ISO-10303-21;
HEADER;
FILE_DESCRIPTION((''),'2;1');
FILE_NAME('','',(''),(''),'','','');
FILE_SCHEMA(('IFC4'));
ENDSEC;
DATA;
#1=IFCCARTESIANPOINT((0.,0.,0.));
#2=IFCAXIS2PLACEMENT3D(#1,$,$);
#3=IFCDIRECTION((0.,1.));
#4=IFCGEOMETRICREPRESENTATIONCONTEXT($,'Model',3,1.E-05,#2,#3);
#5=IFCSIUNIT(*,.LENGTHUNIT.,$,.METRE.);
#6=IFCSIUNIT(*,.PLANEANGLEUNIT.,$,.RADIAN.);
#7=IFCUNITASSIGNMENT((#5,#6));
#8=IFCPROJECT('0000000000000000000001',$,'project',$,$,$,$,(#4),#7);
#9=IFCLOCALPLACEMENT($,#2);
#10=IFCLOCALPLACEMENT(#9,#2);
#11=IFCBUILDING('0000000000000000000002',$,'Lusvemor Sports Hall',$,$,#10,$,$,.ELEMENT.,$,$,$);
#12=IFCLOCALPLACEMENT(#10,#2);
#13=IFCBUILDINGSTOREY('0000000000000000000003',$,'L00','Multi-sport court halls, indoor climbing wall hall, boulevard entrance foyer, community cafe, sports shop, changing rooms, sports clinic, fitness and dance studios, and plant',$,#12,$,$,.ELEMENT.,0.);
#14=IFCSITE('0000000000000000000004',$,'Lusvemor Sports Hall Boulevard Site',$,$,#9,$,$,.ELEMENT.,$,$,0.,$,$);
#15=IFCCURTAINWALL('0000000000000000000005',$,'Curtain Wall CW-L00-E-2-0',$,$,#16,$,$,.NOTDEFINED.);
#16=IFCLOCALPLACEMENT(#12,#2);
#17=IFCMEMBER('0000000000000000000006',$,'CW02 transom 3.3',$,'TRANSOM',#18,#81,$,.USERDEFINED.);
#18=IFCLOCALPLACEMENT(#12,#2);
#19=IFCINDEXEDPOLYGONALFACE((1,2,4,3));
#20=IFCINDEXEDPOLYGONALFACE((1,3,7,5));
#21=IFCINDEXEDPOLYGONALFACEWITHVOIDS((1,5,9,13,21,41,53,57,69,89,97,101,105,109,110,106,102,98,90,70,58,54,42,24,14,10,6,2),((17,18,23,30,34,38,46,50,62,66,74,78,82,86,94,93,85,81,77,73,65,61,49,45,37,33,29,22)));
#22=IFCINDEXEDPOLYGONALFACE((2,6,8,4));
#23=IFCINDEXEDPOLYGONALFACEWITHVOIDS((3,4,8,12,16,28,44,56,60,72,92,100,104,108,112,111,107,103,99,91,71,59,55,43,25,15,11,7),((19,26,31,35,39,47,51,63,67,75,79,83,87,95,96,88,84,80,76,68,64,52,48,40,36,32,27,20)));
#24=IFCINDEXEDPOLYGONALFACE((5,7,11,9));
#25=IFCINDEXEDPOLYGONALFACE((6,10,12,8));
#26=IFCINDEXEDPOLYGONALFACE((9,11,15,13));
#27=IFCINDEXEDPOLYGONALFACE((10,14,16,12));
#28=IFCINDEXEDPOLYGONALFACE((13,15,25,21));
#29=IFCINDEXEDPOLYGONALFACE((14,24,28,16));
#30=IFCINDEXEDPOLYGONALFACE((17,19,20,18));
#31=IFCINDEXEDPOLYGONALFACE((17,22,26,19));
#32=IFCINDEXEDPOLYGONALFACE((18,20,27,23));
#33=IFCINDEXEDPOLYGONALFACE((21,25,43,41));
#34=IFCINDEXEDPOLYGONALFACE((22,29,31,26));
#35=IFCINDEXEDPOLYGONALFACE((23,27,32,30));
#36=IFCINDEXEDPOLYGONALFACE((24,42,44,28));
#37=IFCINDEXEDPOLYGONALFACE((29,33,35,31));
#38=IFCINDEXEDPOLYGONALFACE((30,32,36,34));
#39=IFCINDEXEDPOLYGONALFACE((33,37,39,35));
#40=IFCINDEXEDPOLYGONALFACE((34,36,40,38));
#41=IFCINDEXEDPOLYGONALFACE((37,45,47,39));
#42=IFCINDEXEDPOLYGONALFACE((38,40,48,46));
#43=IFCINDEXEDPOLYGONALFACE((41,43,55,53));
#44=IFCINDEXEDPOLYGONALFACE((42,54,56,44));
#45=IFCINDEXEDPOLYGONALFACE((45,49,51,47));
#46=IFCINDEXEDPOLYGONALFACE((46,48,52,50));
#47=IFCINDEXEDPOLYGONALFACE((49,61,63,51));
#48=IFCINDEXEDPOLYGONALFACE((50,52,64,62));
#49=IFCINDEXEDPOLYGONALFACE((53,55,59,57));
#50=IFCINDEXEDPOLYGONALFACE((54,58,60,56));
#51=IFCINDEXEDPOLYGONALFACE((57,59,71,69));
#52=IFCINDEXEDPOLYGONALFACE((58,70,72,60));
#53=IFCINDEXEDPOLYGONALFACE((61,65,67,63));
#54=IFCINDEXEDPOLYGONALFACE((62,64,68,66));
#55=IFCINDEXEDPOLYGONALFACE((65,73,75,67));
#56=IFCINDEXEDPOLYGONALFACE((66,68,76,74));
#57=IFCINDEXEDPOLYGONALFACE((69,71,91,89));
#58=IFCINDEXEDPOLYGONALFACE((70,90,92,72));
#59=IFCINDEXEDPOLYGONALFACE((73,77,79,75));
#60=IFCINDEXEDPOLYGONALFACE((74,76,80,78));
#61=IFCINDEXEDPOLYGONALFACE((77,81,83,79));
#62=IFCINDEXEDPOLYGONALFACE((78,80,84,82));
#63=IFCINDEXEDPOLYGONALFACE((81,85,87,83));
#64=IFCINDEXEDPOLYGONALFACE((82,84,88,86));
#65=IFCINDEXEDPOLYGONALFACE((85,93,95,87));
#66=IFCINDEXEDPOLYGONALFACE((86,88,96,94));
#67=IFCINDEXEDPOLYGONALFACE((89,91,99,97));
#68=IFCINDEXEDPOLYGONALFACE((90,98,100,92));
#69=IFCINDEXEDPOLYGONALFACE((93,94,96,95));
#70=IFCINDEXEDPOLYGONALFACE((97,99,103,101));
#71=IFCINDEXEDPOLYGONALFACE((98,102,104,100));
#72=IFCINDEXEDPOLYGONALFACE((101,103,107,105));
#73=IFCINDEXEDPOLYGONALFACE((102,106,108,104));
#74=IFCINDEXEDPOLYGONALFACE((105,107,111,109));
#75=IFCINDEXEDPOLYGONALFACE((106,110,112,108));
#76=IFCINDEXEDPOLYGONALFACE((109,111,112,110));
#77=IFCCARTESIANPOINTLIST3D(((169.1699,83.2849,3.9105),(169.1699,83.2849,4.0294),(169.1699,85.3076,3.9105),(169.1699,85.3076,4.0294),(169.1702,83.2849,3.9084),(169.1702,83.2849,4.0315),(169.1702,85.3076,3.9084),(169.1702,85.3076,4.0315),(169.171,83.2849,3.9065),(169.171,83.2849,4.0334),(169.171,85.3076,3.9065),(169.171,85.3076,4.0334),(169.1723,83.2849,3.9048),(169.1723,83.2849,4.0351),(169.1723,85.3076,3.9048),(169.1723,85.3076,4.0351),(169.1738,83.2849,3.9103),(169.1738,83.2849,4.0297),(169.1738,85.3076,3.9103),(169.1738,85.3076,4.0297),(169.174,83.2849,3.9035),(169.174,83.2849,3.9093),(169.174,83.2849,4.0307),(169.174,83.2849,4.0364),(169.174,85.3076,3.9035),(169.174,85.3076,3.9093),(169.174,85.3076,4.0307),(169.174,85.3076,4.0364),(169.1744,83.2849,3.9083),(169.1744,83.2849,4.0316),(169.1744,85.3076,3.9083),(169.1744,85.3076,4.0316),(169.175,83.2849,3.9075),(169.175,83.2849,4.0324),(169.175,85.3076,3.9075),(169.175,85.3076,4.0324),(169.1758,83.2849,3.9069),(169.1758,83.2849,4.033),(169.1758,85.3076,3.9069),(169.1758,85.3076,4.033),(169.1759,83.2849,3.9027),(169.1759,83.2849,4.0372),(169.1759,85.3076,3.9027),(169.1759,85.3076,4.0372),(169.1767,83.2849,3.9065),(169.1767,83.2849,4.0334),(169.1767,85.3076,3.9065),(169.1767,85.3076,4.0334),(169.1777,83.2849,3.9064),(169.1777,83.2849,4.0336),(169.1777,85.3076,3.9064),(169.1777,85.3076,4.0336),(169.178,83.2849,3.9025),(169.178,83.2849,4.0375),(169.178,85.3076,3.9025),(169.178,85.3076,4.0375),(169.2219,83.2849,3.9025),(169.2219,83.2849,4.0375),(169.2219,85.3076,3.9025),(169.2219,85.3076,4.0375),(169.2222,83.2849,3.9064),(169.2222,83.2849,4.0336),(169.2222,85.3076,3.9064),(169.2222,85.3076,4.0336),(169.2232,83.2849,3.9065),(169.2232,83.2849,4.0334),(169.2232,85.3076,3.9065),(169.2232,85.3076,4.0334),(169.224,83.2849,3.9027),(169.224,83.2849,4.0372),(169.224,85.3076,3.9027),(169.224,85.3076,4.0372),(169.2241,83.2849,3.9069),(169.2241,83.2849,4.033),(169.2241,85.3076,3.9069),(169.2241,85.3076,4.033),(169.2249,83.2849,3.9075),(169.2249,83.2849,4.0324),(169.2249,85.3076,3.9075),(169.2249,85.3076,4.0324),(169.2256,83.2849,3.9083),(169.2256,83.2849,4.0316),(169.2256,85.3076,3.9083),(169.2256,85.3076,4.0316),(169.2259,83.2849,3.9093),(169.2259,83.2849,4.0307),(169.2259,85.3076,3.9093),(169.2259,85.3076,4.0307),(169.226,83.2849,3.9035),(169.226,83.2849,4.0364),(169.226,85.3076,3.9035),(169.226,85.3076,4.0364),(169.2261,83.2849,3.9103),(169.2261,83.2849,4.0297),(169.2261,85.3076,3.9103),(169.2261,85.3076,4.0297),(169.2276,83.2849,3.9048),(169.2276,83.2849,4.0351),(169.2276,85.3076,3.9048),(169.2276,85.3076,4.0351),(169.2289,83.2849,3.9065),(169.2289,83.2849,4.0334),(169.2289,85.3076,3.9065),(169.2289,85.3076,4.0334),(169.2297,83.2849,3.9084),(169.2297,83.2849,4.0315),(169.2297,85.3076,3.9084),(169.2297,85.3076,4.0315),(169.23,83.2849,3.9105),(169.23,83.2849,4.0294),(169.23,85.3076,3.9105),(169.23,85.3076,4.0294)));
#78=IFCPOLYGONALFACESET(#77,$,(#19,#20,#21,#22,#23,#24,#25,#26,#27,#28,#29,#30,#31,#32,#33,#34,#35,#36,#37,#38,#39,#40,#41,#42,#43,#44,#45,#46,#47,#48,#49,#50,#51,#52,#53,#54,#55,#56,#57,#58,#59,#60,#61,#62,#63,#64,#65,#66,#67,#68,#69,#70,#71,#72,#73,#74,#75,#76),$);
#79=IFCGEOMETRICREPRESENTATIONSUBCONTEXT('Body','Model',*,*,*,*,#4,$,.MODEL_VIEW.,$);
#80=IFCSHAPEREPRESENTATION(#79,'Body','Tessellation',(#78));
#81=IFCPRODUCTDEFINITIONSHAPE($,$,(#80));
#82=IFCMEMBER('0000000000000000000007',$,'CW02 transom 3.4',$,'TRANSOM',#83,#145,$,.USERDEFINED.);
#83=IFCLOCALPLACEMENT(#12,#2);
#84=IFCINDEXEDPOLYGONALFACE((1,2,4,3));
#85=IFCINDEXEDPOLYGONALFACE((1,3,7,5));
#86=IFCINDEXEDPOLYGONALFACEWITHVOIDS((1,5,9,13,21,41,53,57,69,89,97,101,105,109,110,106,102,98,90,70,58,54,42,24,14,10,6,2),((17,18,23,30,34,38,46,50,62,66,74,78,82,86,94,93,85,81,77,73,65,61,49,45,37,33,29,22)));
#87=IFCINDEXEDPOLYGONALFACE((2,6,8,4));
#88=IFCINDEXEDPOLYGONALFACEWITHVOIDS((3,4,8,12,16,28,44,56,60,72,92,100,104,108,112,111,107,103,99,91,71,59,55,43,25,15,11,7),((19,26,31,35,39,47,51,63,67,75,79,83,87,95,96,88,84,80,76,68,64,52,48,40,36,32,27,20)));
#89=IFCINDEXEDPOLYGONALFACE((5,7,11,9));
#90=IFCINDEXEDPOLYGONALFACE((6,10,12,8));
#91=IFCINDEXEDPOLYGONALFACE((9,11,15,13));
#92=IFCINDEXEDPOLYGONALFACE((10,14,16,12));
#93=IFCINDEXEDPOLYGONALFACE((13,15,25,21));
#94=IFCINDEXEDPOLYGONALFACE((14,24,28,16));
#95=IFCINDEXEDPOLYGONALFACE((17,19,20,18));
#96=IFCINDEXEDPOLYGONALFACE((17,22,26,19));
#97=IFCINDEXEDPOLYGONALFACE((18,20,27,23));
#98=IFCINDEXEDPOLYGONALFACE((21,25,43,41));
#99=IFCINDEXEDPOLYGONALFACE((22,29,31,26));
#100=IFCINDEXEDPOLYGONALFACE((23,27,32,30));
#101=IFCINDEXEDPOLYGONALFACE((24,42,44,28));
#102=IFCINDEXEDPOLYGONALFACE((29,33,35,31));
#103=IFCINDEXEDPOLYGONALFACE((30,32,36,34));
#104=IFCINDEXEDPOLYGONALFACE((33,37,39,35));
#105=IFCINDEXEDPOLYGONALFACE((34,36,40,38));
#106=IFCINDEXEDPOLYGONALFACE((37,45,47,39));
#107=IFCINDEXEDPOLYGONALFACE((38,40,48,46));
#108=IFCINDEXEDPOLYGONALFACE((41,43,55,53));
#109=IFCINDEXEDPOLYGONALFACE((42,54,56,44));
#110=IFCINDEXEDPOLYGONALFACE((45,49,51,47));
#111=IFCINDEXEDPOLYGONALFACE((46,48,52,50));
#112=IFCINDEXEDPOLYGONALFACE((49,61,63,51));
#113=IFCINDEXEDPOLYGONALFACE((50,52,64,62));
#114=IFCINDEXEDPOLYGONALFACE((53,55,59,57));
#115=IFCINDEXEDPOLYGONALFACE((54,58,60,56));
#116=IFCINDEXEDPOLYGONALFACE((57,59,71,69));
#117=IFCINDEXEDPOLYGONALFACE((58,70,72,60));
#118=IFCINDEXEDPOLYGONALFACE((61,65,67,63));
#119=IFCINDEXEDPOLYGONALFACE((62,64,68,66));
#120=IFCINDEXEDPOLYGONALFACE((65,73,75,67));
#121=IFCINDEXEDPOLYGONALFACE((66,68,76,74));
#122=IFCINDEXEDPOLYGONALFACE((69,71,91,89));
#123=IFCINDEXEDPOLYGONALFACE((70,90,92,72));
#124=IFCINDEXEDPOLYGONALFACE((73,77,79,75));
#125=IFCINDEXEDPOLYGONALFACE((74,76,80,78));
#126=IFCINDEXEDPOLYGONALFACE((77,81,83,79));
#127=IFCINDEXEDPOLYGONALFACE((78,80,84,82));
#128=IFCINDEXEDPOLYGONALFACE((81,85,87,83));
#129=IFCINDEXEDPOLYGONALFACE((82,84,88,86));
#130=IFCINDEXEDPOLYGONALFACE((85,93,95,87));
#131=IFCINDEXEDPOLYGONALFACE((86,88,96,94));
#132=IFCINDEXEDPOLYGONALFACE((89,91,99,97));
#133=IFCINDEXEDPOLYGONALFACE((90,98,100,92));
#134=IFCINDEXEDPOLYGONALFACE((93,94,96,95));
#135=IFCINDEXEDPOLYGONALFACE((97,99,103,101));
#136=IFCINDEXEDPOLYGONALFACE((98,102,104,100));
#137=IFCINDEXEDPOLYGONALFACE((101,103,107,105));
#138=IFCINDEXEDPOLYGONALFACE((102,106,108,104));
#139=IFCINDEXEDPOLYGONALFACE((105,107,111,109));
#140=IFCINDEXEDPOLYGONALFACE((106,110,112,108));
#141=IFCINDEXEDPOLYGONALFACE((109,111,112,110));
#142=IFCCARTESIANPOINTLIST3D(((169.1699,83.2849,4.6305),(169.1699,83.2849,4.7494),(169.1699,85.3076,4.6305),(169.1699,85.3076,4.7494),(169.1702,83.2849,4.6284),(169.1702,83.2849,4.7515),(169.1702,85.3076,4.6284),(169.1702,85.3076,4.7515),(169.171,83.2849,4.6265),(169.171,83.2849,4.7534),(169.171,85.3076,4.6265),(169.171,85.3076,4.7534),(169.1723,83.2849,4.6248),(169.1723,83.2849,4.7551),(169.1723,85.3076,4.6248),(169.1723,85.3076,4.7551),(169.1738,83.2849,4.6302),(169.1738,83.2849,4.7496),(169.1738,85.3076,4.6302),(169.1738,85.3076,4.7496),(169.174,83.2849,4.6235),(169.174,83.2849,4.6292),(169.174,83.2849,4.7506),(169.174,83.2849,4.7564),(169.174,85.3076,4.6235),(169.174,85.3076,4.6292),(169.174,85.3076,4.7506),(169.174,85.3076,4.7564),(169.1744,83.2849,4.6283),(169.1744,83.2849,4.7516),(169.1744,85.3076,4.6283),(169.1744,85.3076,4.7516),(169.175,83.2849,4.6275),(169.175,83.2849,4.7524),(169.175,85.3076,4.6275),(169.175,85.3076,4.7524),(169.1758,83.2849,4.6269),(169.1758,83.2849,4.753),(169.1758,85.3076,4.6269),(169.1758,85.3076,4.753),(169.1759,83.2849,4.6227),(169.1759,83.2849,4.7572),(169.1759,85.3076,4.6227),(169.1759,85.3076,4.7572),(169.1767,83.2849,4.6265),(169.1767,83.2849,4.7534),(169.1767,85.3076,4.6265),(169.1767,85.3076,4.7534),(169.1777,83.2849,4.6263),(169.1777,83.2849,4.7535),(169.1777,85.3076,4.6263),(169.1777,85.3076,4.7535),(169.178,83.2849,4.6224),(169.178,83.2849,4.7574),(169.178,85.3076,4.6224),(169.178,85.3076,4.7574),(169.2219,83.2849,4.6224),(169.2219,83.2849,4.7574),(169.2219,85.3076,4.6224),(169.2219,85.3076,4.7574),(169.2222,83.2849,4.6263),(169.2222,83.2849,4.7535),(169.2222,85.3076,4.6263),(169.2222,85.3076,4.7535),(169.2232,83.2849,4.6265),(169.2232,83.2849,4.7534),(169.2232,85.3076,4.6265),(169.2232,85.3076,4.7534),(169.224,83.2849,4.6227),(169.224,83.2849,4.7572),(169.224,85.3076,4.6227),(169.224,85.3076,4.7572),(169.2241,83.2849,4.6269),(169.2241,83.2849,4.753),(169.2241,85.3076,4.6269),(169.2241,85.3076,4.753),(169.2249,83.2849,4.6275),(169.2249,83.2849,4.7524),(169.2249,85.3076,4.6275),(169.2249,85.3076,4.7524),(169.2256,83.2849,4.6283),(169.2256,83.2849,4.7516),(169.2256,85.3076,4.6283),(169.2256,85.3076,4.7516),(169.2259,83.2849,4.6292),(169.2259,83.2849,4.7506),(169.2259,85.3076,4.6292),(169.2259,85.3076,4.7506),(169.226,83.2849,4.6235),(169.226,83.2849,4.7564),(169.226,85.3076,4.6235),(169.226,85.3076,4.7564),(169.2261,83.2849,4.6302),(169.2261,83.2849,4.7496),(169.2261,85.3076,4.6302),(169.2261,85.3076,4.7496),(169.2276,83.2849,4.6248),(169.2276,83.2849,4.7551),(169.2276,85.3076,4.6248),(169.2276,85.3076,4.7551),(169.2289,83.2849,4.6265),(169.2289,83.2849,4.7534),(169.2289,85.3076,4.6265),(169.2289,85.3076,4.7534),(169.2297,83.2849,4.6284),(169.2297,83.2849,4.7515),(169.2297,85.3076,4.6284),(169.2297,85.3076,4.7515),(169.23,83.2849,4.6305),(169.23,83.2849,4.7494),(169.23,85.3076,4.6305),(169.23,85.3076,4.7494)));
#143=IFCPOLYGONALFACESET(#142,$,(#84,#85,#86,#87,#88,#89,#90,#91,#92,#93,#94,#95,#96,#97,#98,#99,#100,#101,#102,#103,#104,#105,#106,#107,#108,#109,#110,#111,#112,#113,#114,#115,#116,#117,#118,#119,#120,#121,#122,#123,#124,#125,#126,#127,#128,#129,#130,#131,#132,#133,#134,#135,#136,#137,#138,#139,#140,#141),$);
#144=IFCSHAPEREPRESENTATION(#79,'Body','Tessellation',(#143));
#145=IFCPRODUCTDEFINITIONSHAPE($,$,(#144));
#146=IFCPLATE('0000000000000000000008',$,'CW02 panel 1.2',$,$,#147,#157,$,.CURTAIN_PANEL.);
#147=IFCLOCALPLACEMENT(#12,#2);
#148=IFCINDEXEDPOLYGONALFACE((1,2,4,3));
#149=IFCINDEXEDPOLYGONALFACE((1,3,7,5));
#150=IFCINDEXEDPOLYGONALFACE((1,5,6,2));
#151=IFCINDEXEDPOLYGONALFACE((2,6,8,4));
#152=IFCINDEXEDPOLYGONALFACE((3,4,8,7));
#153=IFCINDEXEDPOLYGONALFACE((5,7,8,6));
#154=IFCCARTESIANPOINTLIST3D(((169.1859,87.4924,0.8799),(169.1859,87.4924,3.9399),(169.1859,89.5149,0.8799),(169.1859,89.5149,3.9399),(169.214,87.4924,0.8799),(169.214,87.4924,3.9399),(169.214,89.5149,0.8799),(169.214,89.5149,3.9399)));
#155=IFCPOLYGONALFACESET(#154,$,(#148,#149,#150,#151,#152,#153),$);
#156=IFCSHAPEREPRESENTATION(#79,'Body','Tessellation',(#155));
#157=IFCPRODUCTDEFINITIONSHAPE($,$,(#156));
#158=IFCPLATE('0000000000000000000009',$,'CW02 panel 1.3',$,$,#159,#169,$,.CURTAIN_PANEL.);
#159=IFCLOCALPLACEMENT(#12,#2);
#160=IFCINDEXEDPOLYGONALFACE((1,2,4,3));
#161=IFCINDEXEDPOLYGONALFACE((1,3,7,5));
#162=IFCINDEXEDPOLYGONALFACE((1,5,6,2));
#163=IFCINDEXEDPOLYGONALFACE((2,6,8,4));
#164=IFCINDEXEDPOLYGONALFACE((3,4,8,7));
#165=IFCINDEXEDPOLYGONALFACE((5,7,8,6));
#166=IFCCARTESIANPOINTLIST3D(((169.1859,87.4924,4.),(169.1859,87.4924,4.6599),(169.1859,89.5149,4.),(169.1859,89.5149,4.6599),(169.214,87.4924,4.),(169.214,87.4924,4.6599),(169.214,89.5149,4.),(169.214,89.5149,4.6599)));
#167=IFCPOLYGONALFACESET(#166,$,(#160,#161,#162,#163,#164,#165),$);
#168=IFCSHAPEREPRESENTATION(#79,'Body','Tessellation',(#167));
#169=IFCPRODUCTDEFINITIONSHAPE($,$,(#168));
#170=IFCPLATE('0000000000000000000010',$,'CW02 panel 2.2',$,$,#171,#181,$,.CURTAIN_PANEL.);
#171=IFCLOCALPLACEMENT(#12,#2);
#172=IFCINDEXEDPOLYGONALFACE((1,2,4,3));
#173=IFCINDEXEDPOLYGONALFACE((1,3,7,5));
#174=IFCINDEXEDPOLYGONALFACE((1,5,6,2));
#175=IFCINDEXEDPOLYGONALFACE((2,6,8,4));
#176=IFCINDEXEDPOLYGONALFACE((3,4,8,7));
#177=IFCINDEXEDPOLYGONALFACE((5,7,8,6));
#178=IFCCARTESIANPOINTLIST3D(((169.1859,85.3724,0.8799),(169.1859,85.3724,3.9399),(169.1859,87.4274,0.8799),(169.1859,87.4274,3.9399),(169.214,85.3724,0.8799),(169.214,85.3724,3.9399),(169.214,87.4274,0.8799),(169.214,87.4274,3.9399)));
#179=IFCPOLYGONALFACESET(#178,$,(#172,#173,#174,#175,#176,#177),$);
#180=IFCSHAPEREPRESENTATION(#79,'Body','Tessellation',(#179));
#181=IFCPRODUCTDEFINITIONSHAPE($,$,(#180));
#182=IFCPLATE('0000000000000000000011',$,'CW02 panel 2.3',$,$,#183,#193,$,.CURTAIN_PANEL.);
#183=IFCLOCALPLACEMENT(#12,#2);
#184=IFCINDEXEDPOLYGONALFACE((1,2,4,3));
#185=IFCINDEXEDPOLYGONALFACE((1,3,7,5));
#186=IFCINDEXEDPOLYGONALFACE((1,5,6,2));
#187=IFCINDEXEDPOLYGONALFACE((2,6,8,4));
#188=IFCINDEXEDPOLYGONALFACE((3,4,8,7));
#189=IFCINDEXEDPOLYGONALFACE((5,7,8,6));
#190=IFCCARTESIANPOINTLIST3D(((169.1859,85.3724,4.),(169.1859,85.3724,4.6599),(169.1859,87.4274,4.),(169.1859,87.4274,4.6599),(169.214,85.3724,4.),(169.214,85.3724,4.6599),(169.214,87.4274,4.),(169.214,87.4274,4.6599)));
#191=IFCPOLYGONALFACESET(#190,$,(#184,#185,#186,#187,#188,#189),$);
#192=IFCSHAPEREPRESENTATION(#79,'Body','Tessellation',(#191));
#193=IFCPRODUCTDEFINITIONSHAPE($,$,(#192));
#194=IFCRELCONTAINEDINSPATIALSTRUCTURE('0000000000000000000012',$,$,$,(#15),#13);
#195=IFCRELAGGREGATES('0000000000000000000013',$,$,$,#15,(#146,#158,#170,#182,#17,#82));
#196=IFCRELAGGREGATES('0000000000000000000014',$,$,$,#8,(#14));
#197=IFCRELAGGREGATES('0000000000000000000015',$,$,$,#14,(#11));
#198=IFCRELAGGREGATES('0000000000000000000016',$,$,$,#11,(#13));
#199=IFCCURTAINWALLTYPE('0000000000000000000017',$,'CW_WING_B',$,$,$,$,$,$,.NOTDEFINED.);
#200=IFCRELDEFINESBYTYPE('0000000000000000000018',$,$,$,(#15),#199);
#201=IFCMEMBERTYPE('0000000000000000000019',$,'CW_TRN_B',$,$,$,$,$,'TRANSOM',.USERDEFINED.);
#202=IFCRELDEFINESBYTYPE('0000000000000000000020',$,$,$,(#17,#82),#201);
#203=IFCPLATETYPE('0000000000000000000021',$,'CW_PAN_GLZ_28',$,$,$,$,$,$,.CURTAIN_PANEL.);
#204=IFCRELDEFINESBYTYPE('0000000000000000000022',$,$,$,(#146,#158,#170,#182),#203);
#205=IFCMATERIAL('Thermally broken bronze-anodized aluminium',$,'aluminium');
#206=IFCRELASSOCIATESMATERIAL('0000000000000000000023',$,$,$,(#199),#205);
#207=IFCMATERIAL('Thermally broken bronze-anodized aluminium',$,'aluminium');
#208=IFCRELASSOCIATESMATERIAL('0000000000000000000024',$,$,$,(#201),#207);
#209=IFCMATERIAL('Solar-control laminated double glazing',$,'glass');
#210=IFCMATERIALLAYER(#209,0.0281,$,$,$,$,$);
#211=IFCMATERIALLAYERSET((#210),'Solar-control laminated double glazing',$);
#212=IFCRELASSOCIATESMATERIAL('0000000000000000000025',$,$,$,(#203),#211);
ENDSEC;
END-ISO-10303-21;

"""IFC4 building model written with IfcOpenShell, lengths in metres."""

from ifc_helpers import new_model, si_unit, direction, frame, origin, origin_2d, place, context, subcontext, project, spatial, rectangle, hollow_rectangle, extrude, material, layer, layer_set, material_profile, profile_set, type_object, element, aggregate, save


model = new_model("IFC4")

# Units and contexts
model_context = context("Model", 3, precision=1e-05, world=origin(), true_north=direction((0.0, 1.0)))
body_context = subcontext(model_context, "Body", "Model", "MODEL_VIEW")
ifc_project = project(units=[si_unit("LENGTHUNIT", "METRE"), si_unit("PLANEANGLEUNIT", "RADIAN")], contexts=[model_context])

# Site, building, storey
site_placement = place(None, origin())
site = spatial("IfcSite", under=ifc_project, at=site_placement, Name="Lusvemor Sports Hall Boulevard Site", CompositionType="ELEMENT", RefElevation=0.0)
building_placement = place(site_placement, origin())
building = spatial("IfcBuilding", under=site, at=building_placement, Name="Lusvemor Sports Hall", CompositionType="ELEMENT")
storey_placement = place(building_placement, origin())
storey = spatial("IfcBuildingStorey", under=building, at=storey_placement, Name="L00", Description="Multi-sport court halls, indoor climbing wall hall, boulevard entrance foyer, community cafe, sports shop, changing rooms, sports clinic, fitness and dance studios, and plant", CompositionType="ELEMENT", Elevation=0.0)

# Curtain wall, members, plates
ifc_material_1 = material(Name="Thermally broken bronze-anodized aluminium", Category="aluminium")
curtain_wall_type = type_object("IfcCurtainWallType", Name="CW_WING_B", PredefinedType="NOTDEFINED", material=ifc_material_1)
curtain_wall_placement = place(storey_placement, origin())
curtain_wall = element("IfcCurtainWall", 1, at=curtain_wall_placement, inside=storey, type_object=curtain_wall_type, Name="Curtain Wall CW-L00-E-2-0", PredefinedType="NOTDEFINED")
ifc_material_2 = material(Name="Thermally broken bronze-anodized aluminium", Category="aluminium")
ifc_material_profile_1 = material_profile(ifc_material_2, hollow_rectangle(XDim=0.0601, YDim=0.135, WallThickness=0.0039, InnerFilletRadius=0.0039, OuterFilletRadius=0.0081, at=origin_2d()), Name="CWTRN135x60x4")
ifc_profile_set_1 = profile_set([ifc_material_profile_1], Name="Thermally broken bronze-anodized aluminium")
member_type_1 = type_object("IfcMemberType", Name="CW_TRN_B", ElementType="TRANSOM", PredefinedType="USERDEFINED", material=ifc_profile_set_1)
member_1_placement = place(storey_placement, frame((169.2, 85.3076, 3.97), z_axis=(0.0, -1.0, 0.0), x_axis=(1.0, 0.0, 0.0)))
member_1 = element("IfcMember", 2, at=member_1_placement, type_object=member_type_1, Name="CW02 transom 3.3", ObjectType="TRANSOM", PredefinedType="USERDEFINED", context=body_context, shape_type="SweptSolid", body=[
    extrude(hollow_rectangle(XDim=0.0601, YDim=0.135, WallThickness=0.0039, InnerFilletRadius=0.0039, OuterFilletRadius=0.0081, at=origin_2d()), origin(), (0.0, 0.0, 1.0), 2.0227),
])
member_2_placement = place(storey_placement, frame((169.2, 85.3076, 4.6899), z_axis=(0.0, -1.0, 0.0), x_axis=(1.0, 0.0, 0.0)))
member_2 = element("IfcMember", 3, at=member_2_placement, type_object=member_type_1, Name="CW02 transom 3.4", ObjectType="TRANSOM", PredefinedType="USERDEFINED", context=body_context, shape_type="SweptSolid", body=[
    extrude(hollow_rectangle(XDim=0.0601, YDim=0.135, WallThickness=0.0039, InnerFilletRadius=0.0039, OuterFilletRadius=0.0081, at=origin_2d()), origin(), (0.0, 0.0, 1.0), 2.0227),
])
ifc_material_3 = material(Name="Solar-control laminated double glazing", Category="glass")
ifc_layer_1 = layer(ifc_material_3, 0.0281)
ifc_layer_set_1 = layer_set([ifc_layer_1], Name="Solar-control laminated double glazing")
plate_type_1 = type_object("IfcPlateType", Name="CW_PAN_GLZ_28", PredefinedType="CURTAIN_PANEL", material=ifc_layer_set_1)
plate_1_placement = place(storey_placement, frame((169.2, 88.5037, 0.8799), z_axis=(0.0, 0.0, 1.0), x_axis=(0.0, -1.0, 0.0)))
plate_1 = element("IfcPlate", 4, at=plate_1_placement, type_object=plate_type_1, Name="CW02 panel 1.2", PredefinedType="CURTAIN_PANEL", context=body_context, shape_type="SweptSolid", body=[
    extrude(rectangle(XDim=2.0225, YDim=0.0281, at=origin_2d()), origin(), (0.0, 0.0, 1.0), 3.0601),
])
plate_2_placement = place(storey_placement, frame((169.2, 88.5037, 4.0), z_axis=(0.0, 0.0, 1.0), x_axis=(0.0, -1.0, 0.0)))
plate_2 = element("IfcPlate", 5, at=plate_2_placement, type_object=plate_type_1, Name="CW02 panel 1.3", PredefinedType="CURTAIN_PANEL", context=body_context, shape_type="SweptSolid", body=[
    extrude(rectangle(XDim=2.0225, YDim=0.0281, at=origin_2d()), origin(), (0.0, 0.0, 1.0), 0.6599),
])
plate_3_placement = place(storey_placement, frame((169.2, 86.3999, 0.8799), z_axis=(0.0, 0.0, 1.0), x_axis=(0.0, -1.0, 0.0)))
plate_3 = element("IfcPlate", 6, at=plate_3_placement, type_object=plate_type_1, Name="CW02 panel 2.2", PredefinedType="CURTAIN_PANEL", context=body_context, shape_type="SweptSolid", body=[
    extrude(rectangle(XDim=2.0549, YDim=0.0281, at=origin_2d()), origin(), (0.0, 0.0, 1.0), 3.0601),
])
plate_4_placement = place(storey_placement, frame((169.2, 86.3999, 4.0), z_axis=(0.0, 0.0, 1.0), x_axis=(0.0, -1.0, 0.0)))
plate_4 = element("IfcPlate", 7, at=plate_4_placement, type_object=plate_type_1, Name="CW02 panel 2.3", PredefinedType="CURTAIN_PANEL", context=body_context, shape_type="SweptSolid", body=[
    extrude(rectangle(XDim=2.0549, YDim=0.0281, at=origin_2d()), origin(), (0.0, 0.0, 1.0), 0.6599),
])
aggregate(curtain_wall, [plate_1, plate_2, plate_3, plate_4, member_1, member_2])

save(model, "model.ifc")
